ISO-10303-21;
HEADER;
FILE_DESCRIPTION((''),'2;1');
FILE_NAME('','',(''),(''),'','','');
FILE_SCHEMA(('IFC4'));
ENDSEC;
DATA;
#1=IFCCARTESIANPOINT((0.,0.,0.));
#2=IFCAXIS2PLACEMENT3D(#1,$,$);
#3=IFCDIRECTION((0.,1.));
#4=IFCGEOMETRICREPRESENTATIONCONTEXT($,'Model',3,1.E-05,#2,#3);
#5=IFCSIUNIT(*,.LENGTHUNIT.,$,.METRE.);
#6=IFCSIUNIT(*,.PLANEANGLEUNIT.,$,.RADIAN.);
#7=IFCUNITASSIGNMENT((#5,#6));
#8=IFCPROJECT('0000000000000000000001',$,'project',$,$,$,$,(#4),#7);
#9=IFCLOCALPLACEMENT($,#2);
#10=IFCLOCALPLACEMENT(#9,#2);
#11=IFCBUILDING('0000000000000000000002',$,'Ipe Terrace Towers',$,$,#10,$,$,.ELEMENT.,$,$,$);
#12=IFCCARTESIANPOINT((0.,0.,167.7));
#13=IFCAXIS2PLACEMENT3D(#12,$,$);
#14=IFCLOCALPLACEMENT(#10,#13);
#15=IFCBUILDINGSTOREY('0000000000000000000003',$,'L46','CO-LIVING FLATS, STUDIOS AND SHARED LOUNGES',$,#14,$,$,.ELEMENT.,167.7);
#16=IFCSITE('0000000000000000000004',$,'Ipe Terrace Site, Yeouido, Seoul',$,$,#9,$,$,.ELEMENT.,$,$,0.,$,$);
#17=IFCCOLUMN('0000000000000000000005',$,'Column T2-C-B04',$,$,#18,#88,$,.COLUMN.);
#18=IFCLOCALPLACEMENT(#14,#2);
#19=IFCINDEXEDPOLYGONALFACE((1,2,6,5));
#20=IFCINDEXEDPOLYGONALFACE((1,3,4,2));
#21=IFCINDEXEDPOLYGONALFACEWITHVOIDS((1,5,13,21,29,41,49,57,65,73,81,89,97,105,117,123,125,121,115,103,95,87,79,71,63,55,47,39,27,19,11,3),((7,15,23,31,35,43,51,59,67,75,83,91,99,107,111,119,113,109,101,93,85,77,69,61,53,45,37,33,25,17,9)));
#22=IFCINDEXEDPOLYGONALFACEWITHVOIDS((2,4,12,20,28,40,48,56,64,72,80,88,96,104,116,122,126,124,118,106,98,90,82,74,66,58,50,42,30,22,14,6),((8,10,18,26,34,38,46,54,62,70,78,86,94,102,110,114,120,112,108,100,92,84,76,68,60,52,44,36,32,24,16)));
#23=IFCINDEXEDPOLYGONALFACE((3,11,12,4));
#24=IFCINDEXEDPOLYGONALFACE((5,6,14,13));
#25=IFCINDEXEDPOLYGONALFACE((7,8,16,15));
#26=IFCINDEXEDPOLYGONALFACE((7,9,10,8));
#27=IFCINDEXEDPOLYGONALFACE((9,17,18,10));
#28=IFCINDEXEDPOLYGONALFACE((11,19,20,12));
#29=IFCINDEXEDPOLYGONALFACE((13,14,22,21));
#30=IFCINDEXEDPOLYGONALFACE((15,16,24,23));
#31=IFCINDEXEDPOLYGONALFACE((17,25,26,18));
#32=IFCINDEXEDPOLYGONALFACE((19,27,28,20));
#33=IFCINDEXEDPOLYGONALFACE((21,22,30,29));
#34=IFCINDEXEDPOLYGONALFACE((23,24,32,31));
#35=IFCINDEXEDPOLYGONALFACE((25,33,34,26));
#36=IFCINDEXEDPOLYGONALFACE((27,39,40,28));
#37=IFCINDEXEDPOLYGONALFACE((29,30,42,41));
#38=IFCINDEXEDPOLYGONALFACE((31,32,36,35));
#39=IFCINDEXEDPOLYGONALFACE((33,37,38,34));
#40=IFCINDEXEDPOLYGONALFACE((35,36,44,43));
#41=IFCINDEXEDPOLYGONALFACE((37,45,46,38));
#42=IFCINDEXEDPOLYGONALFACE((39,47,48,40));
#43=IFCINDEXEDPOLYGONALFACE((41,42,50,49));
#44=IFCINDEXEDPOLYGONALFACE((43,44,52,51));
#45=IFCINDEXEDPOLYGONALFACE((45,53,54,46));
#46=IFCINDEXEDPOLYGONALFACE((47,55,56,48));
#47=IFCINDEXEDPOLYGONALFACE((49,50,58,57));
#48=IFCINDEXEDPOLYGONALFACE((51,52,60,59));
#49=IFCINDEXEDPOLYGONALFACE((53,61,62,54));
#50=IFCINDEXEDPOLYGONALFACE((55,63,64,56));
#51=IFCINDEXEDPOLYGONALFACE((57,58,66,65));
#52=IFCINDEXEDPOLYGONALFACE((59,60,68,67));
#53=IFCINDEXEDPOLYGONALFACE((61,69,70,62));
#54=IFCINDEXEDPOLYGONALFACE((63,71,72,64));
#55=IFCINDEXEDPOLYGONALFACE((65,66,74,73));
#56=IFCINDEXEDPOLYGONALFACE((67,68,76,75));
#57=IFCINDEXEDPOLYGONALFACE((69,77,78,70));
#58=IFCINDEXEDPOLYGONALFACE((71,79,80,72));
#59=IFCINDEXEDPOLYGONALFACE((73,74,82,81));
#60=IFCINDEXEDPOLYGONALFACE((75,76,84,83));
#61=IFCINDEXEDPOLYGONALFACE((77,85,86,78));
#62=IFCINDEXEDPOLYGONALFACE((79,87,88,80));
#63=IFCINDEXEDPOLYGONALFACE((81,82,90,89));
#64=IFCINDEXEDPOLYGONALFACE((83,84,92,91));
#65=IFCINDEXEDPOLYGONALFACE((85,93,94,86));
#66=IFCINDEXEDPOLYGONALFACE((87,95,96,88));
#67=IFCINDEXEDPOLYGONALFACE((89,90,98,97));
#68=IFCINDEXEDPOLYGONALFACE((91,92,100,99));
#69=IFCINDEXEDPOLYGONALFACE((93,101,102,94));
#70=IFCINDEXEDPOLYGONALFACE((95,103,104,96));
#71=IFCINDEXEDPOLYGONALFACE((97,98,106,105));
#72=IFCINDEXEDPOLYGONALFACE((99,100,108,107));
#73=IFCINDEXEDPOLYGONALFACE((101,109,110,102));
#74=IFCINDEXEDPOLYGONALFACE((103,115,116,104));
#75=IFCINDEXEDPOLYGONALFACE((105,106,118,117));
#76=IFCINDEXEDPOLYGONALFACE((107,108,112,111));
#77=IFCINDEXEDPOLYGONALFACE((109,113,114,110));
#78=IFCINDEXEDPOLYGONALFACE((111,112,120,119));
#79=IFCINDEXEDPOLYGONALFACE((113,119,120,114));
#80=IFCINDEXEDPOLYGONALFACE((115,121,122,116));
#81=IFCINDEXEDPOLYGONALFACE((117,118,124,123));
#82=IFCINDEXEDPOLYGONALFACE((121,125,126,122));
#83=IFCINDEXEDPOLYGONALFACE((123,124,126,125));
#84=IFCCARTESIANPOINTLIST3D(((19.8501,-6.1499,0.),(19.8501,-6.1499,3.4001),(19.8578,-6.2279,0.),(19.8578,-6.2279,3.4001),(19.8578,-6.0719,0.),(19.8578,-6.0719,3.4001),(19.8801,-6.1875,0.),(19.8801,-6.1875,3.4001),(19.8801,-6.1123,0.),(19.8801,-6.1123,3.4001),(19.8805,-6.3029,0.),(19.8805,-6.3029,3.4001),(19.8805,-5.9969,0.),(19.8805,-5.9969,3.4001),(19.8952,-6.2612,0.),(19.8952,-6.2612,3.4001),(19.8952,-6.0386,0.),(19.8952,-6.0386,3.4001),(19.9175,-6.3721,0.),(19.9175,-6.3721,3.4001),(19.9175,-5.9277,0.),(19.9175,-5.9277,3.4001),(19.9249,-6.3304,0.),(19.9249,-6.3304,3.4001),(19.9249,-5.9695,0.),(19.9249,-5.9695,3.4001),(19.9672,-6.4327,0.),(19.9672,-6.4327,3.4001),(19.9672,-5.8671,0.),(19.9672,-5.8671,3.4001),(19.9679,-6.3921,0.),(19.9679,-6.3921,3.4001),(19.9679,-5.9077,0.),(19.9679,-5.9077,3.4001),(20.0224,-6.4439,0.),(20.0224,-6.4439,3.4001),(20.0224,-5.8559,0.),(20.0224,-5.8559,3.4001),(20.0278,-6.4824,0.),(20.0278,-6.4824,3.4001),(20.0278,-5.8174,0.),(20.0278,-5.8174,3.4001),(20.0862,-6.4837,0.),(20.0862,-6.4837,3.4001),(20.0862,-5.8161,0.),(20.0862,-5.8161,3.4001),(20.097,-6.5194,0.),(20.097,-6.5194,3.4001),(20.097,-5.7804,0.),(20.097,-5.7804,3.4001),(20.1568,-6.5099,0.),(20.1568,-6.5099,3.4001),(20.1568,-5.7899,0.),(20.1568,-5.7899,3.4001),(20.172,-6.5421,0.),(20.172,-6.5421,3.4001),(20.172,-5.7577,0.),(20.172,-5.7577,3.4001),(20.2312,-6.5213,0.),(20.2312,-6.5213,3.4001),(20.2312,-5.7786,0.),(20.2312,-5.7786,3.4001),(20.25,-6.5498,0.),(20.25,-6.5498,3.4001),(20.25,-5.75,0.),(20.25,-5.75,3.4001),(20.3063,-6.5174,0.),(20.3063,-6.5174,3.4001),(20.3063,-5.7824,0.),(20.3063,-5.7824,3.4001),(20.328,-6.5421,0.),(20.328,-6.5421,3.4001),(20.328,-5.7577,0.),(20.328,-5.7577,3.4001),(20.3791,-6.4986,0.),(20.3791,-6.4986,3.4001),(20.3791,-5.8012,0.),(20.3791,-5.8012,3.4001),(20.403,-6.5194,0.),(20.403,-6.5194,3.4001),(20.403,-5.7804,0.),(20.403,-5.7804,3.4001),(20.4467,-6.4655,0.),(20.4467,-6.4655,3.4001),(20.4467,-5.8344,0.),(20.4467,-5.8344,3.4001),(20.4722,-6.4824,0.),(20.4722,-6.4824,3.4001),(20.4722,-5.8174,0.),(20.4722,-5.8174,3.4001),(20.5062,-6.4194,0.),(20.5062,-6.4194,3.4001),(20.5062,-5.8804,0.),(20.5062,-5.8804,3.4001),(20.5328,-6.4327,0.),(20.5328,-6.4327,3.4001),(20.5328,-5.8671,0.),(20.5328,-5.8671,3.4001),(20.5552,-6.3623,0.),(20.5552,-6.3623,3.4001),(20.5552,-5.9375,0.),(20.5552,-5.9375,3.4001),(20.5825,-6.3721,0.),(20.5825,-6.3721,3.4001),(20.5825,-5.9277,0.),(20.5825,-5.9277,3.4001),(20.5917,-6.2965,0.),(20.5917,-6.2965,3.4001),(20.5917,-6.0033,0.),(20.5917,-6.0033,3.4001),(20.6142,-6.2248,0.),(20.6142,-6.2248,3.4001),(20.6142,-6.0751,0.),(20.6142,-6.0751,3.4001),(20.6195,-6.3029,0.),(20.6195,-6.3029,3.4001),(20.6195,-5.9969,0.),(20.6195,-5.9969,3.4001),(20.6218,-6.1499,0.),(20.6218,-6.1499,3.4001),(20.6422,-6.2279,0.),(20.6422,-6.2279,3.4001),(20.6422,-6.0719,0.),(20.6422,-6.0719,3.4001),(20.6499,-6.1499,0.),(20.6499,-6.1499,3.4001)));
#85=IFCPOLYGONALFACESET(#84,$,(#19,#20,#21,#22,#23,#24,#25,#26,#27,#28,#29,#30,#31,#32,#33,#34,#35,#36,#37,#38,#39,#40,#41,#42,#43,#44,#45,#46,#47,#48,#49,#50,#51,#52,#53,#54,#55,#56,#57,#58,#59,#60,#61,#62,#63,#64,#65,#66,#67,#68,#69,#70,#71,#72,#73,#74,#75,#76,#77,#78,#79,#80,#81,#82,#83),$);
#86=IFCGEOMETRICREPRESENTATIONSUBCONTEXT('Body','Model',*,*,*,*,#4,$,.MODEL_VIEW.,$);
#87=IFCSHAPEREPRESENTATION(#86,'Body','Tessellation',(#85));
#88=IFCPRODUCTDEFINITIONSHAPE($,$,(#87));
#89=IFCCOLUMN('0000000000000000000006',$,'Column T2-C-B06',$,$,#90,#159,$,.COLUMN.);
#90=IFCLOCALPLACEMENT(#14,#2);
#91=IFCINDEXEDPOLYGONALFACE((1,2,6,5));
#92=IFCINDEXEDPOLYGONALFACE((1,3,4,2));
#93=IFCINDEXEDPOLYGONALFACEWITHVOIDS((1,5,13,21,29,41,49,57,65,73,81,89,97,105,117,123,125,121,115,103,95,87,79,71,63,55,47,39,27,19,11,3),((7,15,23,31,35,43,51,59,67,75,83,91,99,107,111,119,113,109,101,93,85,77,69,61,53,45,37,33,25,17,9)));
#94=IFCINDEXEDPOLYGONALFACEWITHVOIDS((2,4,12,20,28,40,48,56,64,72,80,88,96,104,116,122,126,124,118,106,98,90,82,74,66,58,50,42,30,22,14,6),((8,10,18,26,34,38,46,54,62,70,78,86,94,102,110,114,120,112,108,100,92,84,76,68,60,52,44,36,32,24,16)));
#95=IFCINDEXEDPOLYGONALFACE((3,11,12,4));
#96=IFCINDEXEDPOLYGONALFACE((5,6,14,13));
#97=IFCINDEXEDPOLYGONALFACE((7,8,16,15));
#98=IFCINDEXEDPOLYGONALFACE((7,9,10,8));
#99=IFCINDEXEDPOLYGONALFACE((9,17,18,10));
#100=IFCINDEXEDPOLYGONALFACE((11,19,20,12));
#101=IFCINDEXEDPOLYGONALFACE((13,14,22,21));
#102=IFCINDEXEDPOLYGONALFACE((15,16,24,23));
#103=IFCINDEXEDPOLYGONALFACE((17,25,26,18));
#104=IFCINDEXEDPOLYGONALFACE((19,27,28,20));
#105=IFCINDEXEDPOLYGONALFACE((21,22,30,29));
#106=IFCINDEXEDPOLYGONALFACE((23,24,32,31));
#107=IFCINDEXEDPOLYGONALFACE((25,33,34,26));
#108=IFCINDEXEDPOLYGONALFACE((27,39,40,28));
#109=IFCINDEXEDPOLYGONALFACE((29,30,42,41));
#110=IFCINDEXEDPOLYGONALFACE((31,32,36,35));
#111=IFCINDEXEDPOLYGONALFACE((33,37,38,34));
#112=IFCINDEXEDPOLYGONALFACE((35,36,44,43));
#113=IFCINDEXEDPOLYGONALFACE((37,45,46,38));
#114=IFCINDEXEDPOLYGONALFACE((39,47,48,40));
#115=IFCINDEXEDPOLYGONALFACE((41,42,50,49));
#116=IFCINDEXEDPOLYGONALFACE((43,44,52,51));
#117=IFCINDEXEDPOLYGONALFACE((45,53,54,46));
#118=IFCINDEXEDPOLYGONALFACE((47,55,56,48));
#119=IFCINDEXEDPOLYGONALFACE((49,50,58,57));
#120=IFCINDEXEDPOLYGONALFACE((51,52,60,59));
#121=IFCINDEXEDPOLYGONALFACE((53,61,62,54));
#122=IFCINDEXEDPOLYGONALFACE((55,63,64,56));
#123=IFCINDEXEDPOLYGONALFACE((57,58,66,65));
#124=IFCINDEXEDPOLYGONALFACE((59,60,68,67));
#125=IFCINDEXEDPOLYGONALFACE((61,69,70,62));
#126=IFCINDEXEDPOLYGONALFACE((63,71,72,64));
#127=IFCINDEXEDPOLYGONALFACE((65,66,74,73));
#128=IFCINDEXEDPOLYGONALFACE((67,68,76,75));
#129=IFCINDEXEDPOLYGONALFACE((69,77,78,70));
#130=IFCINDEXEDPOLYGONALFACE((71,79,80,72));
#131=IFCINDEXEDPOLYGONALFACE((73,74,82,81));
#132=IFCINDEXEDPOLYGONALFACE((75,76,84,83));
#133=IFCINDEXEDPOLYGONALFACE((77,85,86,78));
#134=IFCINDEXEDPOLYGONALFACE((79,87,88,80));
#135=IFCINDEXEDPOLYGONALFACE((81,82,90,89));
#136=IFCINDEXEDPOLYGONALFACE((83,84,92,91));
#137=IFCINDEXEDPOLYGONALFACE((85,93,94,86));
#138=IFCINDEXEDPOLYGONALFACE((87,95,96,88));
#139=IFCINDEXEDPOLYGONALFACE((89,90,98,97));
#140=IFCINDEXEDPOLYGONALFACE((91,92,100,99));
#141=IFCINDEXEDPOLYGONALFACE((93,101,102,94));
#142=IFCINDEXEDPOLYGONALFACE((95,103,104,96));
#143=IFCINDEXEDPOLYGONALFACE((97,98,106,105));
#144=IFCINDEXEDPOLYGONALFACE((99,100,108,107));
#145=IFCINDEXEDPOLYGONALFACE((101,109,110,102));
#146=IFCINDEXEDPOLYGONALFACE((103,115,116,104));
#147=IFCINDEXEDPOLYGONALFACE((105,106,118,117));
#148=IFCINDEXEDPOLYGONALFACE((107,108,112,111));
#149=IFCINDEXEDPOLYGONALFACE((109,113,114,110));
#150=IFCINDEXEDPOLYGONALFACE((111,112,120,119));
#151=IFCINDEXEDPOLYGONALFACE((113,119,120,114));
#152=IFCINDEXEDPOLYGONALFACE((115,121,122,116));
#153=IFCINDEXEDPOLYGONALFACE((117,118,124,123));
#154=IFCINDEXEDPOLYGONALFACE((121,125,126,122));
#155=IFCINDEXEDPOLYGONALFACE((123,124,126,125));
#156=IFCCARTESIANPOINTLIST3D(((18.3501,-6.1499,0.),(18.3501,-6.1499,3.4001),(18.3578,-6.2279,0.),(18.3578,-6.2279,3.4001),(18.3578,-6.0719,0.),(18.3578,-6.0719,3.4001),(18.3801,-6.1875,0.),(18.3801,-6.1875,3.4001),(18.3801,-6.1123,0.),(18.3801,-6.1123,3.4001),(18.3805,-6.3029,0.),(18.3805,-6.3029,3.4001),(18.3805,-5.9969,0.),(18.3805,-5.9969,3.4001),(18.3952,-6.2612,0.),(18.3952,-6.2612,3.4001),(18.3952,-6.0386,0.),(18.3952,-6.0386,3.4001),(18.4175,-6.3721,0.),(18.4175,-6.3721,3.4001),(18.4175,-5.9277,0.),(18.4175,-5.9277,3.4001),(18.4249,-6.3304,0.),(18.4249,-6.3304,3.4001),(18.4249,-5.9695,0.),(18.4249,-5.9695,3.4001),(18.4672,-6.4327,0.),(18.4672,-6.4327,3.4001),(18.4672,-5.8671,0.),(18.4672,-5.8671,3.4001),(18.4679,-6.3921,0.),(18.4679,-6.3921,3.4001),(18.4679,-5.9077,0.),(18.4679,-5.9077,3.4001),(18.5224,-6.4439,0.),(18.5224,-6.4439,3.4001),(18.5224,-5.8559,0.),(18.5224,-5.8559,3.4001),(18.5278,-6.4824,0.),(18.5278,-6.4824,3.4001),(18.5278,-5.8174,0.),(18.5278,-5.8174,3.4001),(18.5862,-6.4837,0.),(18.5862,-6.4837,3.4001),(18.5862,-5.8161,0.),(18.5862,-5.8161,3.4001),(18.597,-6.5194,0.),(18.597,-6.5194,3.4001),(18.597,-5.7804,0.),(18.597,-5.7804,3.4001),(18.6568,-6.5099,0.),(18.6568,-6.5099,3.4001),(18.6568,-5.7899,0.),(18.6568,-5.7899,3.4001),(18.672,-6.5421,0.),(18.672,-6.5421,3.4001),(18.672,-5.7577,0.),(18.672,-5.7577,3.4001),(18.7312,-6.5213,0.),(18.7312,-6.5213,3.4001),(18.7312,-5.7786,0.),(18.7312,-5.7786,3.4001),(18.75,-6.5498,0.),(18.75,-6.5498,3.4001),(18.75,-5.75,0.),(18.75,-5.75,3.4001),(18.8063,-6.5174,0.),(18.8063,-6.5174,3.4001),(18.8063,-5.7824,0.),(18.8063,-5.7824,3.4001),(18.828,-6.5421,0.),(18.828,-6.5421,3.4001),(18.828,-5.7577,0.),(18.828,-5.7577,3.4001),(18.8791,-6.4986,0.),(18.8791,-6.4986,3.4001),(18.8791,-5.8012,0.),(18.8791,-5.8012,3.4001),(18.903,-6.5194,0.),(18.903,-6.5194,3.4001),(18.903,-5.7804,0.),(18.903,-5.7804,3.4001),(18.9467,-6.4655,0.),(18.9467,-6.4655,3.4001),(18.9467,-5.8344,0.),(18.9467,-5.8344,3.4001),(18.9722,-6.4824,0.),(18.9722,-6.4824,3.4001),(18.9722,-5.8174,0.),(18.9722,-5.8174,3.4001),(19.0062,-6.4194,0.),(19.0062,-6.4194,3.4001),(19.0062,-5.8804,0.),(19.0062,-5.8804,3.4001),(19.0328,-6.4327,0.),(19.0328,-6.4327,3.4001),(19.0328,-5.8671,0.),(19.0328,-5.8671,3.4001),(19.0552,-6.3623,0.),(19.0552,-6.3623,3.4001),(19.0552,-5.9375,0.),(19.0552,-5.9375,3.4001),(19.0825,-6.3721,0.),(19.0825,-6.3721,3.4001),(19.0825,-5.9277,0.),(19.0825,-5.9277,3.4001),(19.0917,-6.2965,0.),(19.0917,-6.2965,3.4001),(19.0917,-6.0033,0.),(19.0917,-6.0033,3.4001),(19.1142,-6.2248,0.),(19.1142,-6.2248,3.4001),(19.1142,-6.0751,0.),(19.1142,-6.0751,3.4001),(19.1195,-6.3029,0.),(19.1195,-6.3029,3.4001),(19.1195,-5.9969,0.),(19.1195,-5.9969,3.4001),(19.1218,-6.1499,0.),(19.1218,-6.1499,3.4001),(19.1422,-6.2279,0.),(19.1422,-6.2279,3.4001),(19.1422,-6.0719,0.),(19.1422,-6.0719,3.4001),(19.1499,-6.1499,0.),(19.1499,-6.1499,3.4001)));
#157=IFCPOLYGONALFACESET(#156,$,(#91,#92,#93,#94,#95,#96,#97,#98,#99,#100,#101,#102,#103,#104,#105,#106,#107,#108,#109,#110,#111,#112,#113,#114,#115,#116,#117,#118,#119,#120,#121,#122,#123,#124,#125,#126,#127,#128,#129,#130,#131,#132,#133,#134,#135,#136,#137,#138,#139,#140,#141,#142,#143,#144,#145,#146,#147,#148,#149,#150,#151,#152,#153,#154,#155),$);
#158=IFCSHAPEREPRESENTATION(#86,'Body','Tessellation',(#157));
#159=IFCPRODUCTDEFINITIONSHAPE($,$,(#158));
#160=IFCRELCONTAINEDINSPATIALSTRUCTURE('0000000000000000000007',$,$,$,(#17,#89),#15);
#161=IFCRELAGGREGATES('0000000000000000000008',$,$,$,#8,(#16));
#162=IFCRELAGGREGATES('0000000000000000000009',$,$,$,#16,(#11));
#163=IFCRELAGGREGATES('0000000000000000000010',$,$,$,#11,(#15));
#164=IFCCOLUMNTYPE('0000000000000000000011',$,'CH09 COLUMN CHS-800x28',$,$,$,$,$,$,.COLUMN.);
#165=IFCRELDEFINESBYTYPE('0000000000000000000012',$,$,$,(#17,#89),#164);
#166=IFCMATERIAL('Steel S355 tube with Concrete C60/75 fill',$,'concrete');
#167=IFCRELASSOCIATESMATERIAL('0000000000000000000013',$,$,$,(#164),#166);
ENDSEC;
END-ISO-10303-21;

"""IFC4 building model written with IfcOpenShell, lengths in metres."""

from ifc_helpers import new_model, si_unit, direction, frame, origin, origin_2d, place, context, subcontext, project, spatial, hollow_circle, extrude, material, material_profile, profile_set, type_object, element, save


model = new_model("IFC4")

# Units and contexts
model_context = context("Model", 3, precision=1e-05, world=origin(), true_north=direction((0.0, 1.0)))
body_context = subcontext(model_context, "Body", "Model", "MODEL_VIEW")
ifc_project = project(units=[si_unit("LENGTHUNIT", "METRE"), si_unit("PLANEANGLEUNIT", "RADIAN")], contexts=[model_context])

# Site, building, storey
site_placement = place(None, origin())
site = spatial("IfcSite", under=ifc_project, at=site_placement, Name="Ipe Terrace Site, Yeouido, Seoul", CompositionType="ELEMENT", RefElevation=0.0)
building_placement = place(site_placement, origin())
building = spatial("IfcBuilding", under=site, at=building_placement, Name="Ipe Terrace Towers", CompositionType="ELEMENT")
storey_placement = place(building_placement, frame((0.0, 0.0, 167.7)))
storey = spatial("IfcBuildingStorey", under=building, at=storey_placement, Name="L46", Description="CO-LIVING FLATS, STUDIOS AND SHARED LOUNGES", CompositionType="ELEMENT", Elevation=167.7)

# Columns
ifc_material_1 = material(Name="Steel S355 tube with Concrete C60/75 fill", Category="concrete")
ifc_material_profile_1 = material_profile(ifc_material_1, hollow_circle(Radius=0.3999, WallThickness=0.0281, at=origin_2d()), Name="CHS-800x28")
ifc_profile_set_1 = profile_set([ifc_material_profile_1], Name="Steel S355 tube with Concrete C60/75 fill")
column_type = type_object("IfcColumnType", Name="CH09 COLUMN CHS-800x28", PredefinedType="COLUMN", material=ifc_profile_set_1)
for number, where, z_axis, x_axis, name in (
    (1, (20.25, -6.1499, 0.0), (0.0, 0.0, 1.0), (1.0, 0.0, 0.0), "Column T2-C-B04"),
    (2, (18.75, -6.1499, 0.0), (0.0, 0.0, 1.0), (1.0, 0.0, 0.0), "Column T2-C-B06"),
):
    element("IfcColumn", number, at=place(storey_placement, frame(where, z_axis=z_axis, x_axis=x_axis)), inside=storey, type_object=column_type, Name=name, PredefinedType="COLUMN", context=body_context, shape_type="SweptSolid", body=[
        extrude(hollow_circle(Radius=0.3999, WallThickness=0.0281, at=origin_2d()), origin(), (0.0, 0.0, 1.0), 3.4001),
    ])

save(model, "model.ifc")
